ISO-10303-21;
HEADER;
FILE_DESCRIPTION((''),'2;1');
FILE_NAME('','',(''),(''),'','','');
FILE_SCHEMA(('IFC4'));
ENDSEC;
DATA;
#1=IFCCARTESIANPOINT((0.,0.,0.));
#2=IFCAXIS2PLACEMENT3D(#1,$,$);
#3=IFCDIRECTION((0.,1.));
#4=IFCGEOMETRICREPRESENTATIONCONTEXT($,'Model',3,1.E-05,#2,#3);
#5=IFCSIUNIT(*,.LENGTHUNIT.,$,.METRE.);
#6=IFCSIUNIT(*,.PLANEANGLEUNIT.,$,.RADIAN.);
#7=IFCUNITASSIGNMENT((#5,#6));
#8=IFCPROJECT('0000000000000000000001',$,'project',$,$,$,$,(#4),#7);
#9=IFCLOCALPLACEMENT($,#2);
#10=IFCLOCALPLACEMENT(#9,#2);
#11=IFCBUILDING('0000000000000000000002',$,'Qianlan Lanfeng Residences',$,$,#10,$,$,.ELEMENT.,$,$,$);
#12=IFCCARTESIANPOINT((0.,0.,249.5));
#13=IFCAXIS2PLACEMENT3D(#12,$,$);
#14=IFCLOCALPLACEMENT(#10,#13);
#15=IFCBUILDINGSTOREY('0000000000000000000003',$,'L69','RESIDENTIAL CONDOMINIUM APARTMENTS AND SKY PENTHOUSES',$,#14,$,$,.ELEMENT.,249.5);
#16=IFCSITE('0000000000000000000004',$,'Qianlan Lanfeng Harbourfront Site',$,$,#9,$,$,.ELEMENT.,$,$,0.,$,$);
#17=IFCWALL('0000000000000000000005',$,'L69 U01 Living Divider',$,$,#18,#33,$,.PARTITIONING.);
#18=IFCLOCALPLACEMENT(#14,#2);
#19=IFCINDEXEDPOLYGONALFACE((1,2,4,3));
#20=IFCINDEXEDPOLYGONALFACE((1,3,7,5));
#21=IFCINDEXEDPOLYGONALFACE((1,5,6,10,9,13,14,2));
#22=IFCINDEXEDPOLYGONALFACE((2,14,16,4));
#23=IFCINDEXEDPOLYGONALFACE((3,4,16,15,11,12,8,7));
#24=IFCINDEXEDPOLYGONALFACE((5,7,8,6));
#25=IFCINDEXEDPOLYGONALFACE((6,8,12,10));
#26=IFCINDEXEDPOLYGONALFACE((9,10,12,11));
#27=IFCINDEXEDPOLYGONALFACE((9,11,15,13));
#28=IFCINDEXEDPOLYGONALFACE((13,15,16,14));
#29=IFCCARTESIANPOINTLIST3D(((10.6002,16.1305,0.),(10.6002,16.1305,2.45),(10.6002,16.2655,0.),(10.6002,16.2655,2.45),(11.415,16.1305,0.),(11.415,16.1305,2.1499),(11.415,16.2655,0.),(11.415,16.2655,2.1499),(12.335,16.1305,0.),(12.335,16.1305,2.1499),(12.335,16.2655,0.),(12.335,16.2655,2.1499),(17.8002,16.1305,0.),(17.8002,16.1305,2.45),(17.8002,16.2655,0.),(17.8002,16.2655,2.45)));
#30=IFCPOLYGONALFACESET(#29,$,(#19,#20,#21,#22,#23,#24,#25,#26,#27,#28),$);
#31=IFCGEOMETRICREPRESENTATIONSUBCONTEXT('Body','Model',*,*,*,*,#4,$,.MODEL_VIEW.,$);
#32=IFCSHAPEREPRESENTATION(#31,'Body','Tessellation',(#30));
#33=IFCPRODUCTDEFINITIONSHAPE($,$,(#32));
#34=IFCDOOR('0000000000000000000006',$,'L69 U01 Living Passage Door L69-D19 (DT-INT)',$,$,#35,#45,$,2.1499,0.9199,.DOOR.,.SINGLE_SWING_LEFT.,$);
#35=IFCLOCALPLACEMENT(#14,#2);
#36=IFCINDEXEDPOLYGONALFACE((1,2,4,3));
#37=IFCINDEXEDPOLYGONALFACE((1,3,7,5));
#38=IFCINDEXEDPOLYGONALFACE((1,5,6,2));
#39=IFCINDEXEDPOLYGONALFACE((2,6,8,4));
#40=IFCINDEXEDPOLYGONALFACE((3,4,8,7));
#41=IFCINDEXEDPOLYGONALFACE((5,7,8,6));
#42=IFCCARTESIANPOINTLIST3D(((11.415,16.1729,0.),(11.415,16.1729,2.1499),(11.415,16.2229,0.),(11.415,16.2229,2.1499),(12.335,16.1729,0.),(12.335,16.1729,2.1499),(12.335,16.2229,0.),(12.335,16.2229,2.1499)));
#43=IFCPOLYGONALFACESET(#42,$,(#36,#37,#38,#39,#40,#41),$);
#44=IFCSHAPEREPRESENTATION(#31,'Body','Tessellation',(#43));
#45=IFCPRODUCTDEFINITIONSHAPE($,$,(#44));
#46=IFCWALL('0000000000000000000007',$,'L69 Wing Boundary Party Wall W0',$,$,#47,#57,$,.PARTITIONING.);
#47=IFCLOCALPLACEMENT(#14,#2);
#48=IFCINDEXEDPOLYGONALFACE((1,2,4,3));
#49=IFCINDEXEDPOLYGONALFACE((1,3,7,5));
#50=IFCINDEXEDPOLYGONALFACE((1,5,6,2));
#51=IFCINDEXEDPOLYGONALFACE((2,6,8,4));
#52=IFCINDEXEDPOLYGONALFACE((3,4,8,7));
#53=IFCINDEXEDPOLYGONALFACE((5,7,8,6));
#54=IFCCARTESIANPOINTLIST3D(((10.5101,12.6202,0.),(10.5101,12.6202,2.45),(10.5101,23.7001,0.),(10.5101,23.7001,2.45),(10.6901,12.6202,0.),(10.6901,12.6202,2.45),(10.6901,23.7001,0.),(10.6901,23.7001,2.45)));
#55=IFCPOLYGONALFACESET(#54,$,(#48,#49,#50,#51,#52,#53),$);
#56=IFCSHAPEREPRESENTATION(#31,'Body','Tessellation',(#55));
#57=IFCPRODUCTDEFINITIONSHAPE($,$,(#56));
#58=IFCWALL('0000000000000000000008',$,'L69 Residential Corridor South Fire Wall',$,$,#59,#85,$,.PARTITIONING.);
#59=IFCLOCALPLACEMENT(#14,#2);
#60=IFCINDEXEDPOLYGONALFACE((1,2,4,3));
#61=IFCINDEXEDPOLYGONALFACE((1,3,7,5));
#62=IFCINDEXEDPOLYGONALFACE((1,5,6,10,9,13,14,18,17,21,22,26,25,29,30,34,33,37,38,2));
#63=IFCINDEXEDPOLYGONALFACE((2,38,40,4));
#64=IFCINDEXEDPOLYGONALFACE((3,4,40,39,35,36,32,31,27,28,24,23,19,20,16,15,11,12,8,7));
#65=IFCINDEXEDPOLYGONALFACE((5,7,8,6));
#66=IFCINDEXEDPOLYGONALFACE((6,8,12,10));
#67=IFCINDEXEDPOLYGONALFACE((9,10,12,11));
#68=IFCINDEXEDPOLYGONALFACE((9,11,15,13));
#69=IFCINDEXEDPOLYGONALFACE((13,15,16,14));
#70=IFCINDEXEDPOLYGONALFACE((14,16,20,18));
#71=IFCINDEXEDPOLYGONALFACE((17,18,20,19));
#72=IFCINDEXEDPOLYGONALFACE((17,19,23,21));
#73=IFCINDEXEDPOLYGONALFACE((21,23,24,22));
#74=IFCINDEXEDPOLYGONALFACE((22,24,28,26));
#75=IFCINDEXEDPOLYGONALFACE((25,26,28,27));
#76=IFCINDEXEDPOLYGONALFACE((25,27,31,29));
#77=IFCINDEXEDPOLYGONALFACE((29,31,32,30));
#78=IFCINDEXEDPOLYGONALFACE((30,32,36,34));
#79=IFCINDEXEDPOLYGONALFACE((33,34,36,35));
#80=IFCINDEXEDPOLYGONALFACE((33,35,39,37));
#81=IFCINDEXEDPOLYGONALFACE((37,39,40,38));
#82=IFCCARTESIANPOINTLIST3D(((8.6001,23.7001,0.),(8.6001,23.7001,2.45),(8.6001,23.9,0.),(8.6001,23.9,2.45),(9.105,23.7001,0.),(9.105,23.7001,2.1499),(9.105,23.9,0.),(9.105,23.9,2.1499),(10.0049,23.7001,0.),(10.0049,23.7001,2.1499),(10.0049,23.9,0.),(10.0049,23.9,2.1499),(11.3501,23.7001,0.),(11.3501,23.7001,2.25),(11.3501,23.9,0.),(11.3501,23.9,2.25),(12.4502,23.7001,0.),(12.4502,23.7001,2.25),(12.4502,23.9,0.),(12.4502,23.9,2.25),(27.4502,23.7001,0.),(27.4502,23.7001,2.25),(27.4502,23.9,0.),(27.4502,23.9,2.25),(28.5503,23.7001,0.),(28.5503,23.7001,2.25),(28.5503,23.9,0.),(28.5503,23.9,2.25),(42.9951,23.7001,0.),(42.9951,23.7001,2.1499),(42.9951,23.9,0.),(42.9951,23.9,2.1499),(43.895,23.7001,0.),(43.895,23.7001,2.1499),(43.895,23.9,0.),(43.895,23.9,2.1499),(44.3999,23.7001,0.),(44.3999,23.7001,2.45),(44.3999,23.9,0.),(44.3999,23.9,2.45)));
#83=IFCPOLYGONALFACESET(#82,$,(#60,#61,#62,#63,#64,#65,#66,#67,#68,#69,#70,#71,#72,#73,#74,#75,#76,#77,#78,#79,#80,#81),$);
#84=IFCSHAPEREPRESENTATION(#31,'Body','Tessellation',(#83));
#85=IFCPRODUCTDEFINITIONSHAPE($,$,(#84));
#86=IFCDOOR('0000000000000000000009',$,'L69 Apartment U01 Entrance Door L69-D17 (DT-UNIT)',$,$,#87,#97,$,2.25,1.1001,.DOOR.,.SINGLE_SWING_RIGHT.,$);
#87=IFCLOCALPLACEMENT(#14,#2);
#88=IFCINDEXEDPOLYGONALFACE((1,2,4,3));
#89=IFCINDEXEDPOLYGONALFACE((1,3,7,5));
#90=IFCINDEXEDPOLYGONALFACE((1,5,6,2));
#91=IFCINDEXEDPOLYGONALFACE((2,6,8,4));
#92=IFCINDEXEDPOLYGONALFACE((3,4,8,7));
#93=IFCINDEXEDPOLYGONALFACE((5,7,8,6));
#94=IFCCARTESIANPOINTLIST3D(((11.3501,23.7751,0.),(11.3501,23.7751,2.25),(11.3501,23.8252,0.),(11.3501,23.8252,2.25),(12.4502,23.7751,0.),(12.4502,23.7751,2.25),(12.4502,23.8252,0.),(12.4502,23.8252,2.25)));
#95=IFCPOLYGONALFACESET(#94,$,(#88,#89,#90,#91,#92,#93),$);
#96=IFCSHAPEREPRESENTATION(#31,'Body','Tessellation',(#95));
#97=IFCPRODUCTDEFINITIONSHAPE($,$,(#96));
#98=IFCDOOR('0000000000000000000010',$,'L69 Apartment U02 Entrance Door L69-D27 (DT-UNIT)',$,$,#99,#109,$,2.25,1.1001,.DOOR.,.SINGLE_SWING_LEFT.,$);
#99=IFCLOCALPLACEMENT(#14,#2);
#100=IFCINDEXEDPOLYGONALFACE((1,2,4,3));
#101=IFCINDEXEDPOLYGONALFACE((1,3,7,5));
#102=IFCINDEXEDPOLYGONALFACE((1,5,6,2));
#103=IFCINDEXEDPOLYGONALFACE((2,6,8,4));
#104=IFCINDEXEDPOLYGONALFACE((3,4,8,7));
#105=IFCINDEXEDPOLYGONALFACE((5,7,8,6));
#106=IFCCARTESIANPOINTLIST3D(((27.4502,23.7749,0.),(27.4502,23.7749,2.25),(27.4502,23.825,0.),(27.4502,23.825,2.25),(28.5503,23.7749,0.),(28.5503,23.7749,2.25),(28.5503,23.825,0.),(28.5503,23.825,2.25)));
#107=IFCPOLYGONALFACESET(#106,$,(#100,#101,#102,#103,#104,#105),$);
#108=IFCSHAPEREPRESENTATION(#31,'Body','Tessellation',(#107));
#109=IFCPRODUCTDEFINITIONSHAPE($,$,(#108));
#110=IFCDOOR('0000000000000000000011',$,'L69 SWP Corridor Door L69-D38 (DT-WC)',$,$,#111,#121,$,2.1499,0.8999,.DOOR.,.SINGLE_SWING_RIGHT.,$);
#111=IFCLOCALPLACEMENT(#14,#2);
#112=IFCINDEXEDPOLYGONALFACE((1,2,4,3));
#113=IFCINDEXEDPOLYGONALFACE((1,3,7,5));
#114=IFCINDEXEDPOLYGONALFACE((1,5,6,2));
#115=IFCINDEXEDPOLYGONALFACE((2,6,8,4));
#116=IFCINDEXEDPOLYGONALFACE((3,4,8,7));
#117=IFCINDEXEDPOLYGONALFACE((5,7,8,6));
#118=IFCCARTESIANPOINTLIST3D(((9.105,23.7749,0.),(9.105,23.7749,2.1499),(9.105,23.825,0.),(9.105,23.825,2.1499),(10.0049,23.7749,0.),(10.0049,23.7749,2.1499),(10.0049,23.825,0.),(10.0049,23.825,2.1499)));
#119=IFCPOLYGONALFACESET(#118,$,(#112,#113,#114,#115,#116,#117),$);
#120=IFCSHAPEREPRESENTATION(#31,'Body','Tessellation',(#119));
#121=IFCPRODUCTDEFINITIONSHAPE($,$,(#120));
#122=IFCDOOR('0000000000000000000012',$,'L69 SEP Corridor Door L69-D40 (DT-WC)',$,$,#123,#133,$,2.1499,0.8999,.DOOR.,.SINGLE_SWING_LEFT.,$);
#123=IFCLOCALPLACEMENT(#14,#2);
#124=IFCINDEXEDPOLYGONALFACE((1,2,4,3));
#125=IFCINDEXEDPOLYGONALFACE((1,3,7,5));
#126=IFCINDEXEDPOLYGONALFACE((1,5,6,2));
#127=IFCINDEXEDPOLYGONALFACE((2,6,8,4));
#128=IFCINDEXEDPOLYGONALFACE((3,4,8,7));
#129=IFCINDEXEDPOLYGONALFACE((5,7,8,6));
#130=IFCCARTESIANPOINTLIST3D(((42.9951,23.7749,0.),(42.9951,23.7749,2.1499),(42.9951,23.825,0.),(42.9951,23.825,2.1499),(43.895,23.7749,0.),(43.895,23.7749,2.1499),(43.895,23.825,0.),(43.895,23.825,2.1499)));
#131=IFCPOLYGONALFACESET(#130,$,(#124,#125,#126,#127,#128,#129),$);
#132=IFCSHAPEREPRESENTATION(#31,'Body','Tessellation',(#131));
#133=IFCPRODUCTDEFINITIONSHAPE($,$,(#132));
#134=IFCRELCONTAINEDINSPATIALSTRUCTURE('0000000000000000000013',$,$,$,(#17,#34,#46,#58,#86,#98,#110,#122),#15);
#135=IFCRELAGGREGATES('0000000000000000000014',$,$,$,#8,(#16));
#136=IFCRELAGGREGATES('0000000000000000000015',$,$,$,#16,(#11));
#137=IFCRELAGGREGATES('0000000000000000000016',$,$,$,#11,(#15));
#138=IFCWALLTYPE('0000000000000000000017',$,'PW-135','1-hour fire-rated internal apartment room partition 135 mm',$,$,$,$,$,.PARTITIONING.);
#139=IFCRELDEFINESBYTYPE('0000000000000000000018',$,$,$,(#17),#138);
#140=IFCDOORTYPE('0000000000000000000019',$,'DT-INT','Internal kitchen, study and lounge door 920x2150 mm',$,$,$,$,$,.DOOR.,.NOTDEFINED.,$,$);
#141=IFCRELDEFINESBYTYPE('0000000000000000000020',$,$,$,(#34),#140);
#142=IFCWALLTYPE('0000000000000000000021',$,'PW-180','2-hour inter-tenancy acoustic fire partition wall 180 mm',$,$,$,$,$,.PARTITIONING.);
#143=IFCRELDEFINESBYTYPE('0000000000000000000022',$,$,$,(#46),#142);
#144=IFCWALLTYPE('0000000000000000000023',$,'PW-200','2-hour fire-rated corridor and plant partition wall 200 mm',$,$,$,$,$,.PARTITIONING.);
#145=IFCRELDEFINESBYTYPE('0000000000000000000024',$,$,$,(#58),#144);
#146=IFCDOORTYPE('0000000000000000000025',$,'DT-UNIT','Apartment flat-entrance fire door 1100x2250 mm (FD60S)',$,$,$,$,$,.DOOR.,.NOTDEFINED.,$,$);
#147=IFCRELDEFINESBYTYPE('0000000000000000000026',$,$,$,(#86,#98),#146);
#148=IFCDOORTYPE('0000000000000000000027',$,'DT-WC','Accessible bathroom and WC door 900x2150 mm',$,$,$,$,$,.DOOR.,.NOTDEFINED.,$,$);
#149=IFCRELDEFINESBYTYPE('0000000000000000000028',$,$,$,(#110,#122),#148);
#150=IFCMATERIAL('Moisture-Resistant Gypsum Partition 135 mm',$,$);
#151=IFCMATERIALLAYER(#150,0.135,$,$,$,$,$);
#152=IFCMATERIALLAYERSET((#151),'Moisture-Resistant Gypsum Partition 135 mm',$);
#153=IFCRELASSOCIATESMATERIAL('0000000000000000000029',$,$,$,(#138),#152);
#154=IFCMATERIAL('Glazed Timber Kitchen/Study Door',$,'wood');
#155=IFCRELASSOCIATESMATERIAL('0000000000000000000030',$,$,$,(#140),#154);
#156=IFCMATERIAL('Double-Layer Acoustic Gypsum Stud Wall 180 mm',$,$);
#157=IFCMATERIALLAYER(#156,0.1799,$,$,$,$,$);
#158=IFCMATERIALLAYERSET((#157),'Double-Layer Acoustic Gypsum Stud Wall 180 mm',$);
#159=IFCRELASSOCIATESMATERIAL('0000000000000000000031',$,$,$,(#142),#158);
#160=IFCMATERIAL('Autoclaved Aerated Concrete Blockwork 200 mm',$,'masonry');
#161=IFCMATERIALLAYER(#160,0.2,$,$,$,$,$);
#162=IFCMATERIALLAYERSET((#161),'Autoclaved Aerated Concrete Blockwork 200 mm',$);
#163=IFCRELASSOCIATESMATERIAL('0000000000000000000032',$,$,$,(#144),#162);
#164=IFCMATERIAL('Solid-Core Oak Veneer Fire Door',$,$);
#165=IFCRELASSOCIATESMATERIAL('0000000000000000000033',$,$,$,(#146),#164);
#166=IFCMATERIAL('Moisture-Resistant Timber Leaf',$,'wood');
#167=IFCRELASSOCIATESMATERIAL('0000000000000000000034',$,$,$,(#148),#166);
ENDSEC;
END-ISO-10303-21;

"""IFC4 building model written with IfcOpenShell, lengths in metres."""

from ifc_helpers import new_model, si_unit, direction, frame, frame_2d, origin, place, context, subcontext, project, spatial, rectangle, extrude, material, layer, layer_set, type_object, element, fill, save


model = new_model("IFC4")

# Units and contexts
model_context = context("Model", 3, precision=1e-05, world=origin(), true_north=direction((0.0, 1.0)))
body_context = subcontext(model_context, "Body", "Model", "MODEL_VIEW")
ifc_project = project(units=[si_unit("LENGTHUNIT", "METRE"), si_unit("PLANEANGLEUNIT", "RADIAN")], contexts=[model_context])

# Site, building, storey
site_placement = place(None, origin())
site = spatial("IfcSite", under=ifc_project, at=site_placement, Name="Qianlan Lanfeng Harbourfront Site", CompositionType="ELEMENT", RefElevation=0.0)
building_placement = place(site_placement, origin())
building = spatial("IfcBuilding", under=site, at=building_placement, Name="Qianlan Lanfeng Residences", CompositionType="ELEMENT")
storey_placement = place(building_placement, frame((0.0, 0.0, 249.5)))
storey = spatial("IfcBuildingStorey", under=building, at=storey_placement, Name="L69", Description="RESIDENTIAL CONDOMINIUM APARTMENTS AND SKY PENTHOUSES", CompositionType="ELEMENT", Elevation=249.5)

# Wall, opening, door
ifc_material_1 = material(Name="Moisture-Resistant Gypsum Partition 135 mm")
ifc_layer_1 = layer(ifc_material_1, 0.135)
ifc_layer_set_1 = layer_set([ifc_layer_1], Name="Moisture-Resistant Gypsum Partition 135 mm")
wall_type_1 = type_object("IfcWallType", Name="PW-135", Description="1-hour fire-rated internal apartment room partition 135 mm", PredefinedType="PARTITIONING", material=ifc_layer_set_1)
wall_1_placement = place(storey_placement, frame((10.6001, 16.198, 0.0), z_axis=(0.0, 0.0, 1.0), x_axis=(1.0, 0.0, 0.0)))
wall_1 = element("IfcWall", 1, at=wall_1_placement, inside=storey, type_object=wall_type_1, Name="L69 U01 Living Divider", PredefinedType="PARTITIONING", context=body_context, shape_type="SweptSolid", body=[
    extrude(rectangle(XDim=7.2, YDim=0.135, at=frame_2d((3.6001, 0.0))), origin(), (0.0, 0.0, 1.0), 2.45),
])
opening_1_placement = place(wall_1_placement, frame((0.8149, 0.0, 0.0)))
opening_1 = element("IfcOpeningElement", 2, at=opening_1_placement, cuts=wall_1, PredefinedType="OPENING", context=body_context, shape_type="SweptSolid", body=[
    extrude(rectangle(XDim=0.9199, YDim=2.1499, at=frame_2d((0.46, 1.075))), frame((0.0, 0.0776, 0.0), z_axis=(0.0, -1.0, 0.0), x_axis=(1.0, 0.0, 0.0)), (0.0, 0.0, 1.0), 0.155),
])
ifc_material_2 = material(Name="Glazed Timber Kitchen/Study Door", Category="wood")
door_type_1 = type_object("IfcDoorType", Name="DT-INT", Description="Internal kitchen, study and lounge door 920x2150 mm", OperationType="NOTDEFINED", PredefinedType="DOOR", material=ifc_material_2)
door_1_placement = place(opening_1_placement, origin())
door_1 = element("IfcDoor", 3, at=door_1_placement, inside=storey, type_object=door_type_1, Name="L69 U01 Living Passage Door L69-D19 (DT-INT)", OperationType="SINGLE_SWING_LEFT", OverallHeight=2.1499, OverallWidth=0.9199, PredefinedType="DOOR", context=body_context, shape_type="SweptSolid", body=[
    extrude(rectangle(XDim=0.9199, YDim=2.1499, at=frame_2d((0.46, 1.075))), frame((0.0, 0.0249, 0.0), z_axis=(0.0, -1.0, 0.0), x_axis=(1.0, 0.0, 0.0)), (0.0, 0.0, 1.0), 0.05),
])
fill(opening_1, door_1)

# Wall
ifc_material_3 = material(Name="Double-Layer Acoustic Gypsum Stud Wall 180 mm")
ifc_layer_2 = layer(ifc_material_3, 0.1799)
ifc_layer_set_2 = layer_set([ifc_layer_2], Name="Double-Layer Acoustic Gypsum Stud Wall 180 mm")
wall_type_2 = type_object("IfcWallType", Name="PW-180", Description="2-hour inter-tenancy acoustic fire partition wall 180 mm", PredefinedType="PARTITIONING", material=ifc_layer_set_2)
wall_2_placement = place(storey_placement, frame((10.6001, 12.6201, 0.0), z_axis=(0.0, 0.0, 1.0), x_axis=(0.0, 1.0, 0.0)))
element("IfcWall", 4, at=wall_2_placement, inside=storey, type_object=wall_type_2, Name="L69 Wing Boundary Party Wall W0", PredefinedType="PARTITIONING", context=body_context, shape_type="SweptSolid", body=[
    extrude(rectangle(XDim=11.0798, YDim=0.1799, at=frame_2d((5.54, 0.0))), origin(), (0.0, 0.0, 1.0), 2.45),
])

# Wall, openings, doors
ifc_material_4 = material(Name="Autoclaved Aerated Concrete Blockwork 200 mm", Category="masonry")
ifc_layer_3 = layer(ifc_material_4, 0.2)
ifc_layer_set_3 = layer_set([ifc_layer_3], Name="Autoclaved Aerated Concrete Blockwork 200 mm")
wall_type_3 = type_object("IfcWallType", Name="PW-200", Description="2-hour fire-rated corridor and plant partition wall 200 mm", PredefinedType="PARTITIONING", material=ifc_layer_set_3)
wall_3_placement = place(storey_placement, frame((8.6001, 23.8, 0.0), z_axis=(0.0, 0.0, 1.0), x_axis=(1.0, 0.0, 0.0)))
wall_3 = element("IfcWall", 5, at=wall_3_placement, inside=storey, type_object=wall_type_3, Name="L69 Residential Corridor South Fire Wall", PredefinedType="PARTITIONING", context=body_context, shape_type="SweptSolid", body=[
    extrude(rectangle(XDim=35.7998, YDim=0.2, at=frame_2d((17.8999, 0.0))), origin(), (0.0, 0.0, 1.0), 2.45),
])
opening_2_placement = place(wall_3_placement, frame((2.75, 0.0, 0.0)))
opening_2 = element("IfcOpeningElement", 6, at=opening_2_placement, cuts=wall_3, PredefinedType="OPENING", context=body_context, shape_type="SweptSolid", body=[
    extrude(rectangle(XDim=1.1001, YDim=2.25, at=frame_2d((0.55, 1.125))), frame((0.0, 0.1099, 0.0), z_axis=(0.0, -1.0, 0.0), x_axis=(1.0, 0.0, 0.0)), (0.0, 0.0, 1.0), 0.22),
])
opening_3_placement = place(wall_3_placement, frame((18.8501, 0.0, 0.0)))
opening_3 = element("IfcOpeningElement", 7, at=opening_3_placement, cuts=wall_3, PredefinedType="OPENING", context=body_context, shape_type="SweptSolid", body=[
    extrude(rectangle(XDim=1.1001, YDim=2.25, at=frame_2d((0.55, 1.125))), frame((0.0, 0.1099, 0.0), z_axis=(0.0, -1.0, 0.0), x_axis=(1.0, 0.0, 0.0)), (0.0, 0.0, 1.0), 0.22),
])
opening_4_placement = place(wall_3_placement, frame((0.5049, 0.0, 0.0)))
opening_4 = element("IfcOpeningElement", 8, at=opening_4_placement, cuts=wall_3, PredefinedType="OPENING", context=body_context, shape_type="SweptSolid", body=[
    extrude(rectangle(XDim=0.8999, YDim=2.1499, at=frame_2d((0.45, 1.075))), frame((0.0, 0.1099, 0.0), z_axis=(0.0, -1.0, 0.0), x_axis=(1.0, 0.0, 0.0)), (0.0, 0.0, 1.0), 0.22),
])
opening_5_placement = place(wall_3_placement, frame((34.395, 0.0, 0.0)))
opening_5 = element("IfcOpeningElement", 9, at=opening_5_placement, cuts=wall_3, PredefinedType="OPENING", context=body_context, shape_type="SweptSolid", body=[
    extrude(rectangle(XDim=0.8999, YDim=2.1499, at=frame_2d((0.45, 1.075))), frame((0.0, 0.1099, 0.0), z_axis=(0.0, -1.0, 0.0), x_axis=(1.0, 0.0, 0.0)), (0.0, 0.0, 1.0), 0.22),
])
ifc_material_5 = material(Name="Solid-Core Oak Veneer Fire Door")
door_type_2 = type_object("IfcDoorType", Name="DT-UNIT", Description="Apartment flat-entrance fire door 1100x2250 mm (FD60S)", OperationType="NOTDEFINED", PredefinedType="DOOR", material=ifc_material_5)
door_2_placement = place(opening_2_placement, frame((1.1001, 0.0, 0.0), z_axis=(0.0, 0.0, 1.0), x_axis=(-1.0, 0.0, 0.0)))
door_2 = element("IfcDoor", 10, at=door_2_placement, inside=storey, type_object=door_type_2, Name="L69 Apartment U01 Entrance Door L69-D17 (DT-UNIT)", OperationType="SINGLE_SWING_RIGHT", OverallHeight=2.25, OverallWidth=1.1001, PredefinedType="DOOR", context=body_context, shape_type="SweptSolid", body=[
    extrude(rectangle(XDim=1.1001, YDim=2.25, at=frame_2d((0.55, 1.125))), frame((0.0, 0.0249, 0.0), z_axis=(0.0, -1.0, 0.0), x_axis=(1.0, 0.0, 0.0)), (0.0, 0.0, 1.0), 0.05),
])
fill(opening_2, door_2)
door_3_placement = place(opening_3_placement, origin())
door_3 = element("IfcDoor", 11, at=door_3_placement, inside=storey, type_object=door_type_2, Name="L69 Apartment U02 Entrance Door L69-D27 (DT-UNIT)", OperationType="SINGLE_SWING_LEFT", OverallHeight=2.25, OverallWidth=1.1001, PredefinedType="DOOR", context=body_context, shape_type="SweptSolid", body=[
    extrude(rectangle(XDim=1.1001, YDim=2.25, at=frame_2d((0.55, 1.125))), frame((0.0, 0.0249, 0.0), z_axis=(0.0, -1.0, 0.0), x_axis=(1.0, 0.0, 0.0)), (0.0, 0.0, 1.0), 0.05),
])
fill(opening_3, door_3)
ifc_material_6 = material(Name="Moisture-Resistant Timber Leaf", Category="wood")
door_type_3 = type_object("IfcDoorType", Name="DT-WC", Description="Accessible bathroom and WC door 900x2150 mm", OperationType="NOTDEFINED", PredefinedType="DOOR", material=ifc_material_6)
door_4_placement = place(opening_4_placement, origin())
door_4 = element("IfcDoor", 12, at=door_4_placement, inside=storey, type_object=door_type_3, Name="L69 SWP Corridor Door L69-D38 (DT-WC)", OperationType="SINGLE_SWING_RIGHT", OverallHeight=2.1499, OverallWidth=0.8999, PredefinedType="DOOR", context=body_context, shape_type="SweptSolid", body=[
    extrude(rectangle(XDim=0.8999, YDim=2.1499, at=frame_2d((0.45, 1.075))), frame((0.0, 0.0249, 0.0), z_axis=(0.0, -1.0, 0.0), x_axis=(1.0, 0.0, 0.0)), (0.0, 0.0, 1.0), 0.05),
])
fill(opening_4, door_4)
door_5_placement = place(opening_5_placement, origin())
door_5 = element("IfcDoor", 13, at=door_5_placement, inside=storey, type_object=door_type_3, Name="L69 SEP Corridor Door L69-D40 (DT-WC)", OperationType="SINGLE_SWING_LEFT", OverallHeight=2.1499, OverallWidth=0.8999, PredefinedType="DOOR", context=body_context, shape_type="SweptSolid", body=[
    extrude(rectangle(XDim=0.8999, YDim=2.1499, at=frame_2d((0.45, 1.075))), frame((0.0, 0.0249, 0.0), z_axis=(0.0, -1.0, 0.0), x_axis=(1.0, 0.0, 0.0)), (0.0, 0.0, 1.0), 0.05),
])
fill(opening_5, door_5)

save(model, "model.ifc")
